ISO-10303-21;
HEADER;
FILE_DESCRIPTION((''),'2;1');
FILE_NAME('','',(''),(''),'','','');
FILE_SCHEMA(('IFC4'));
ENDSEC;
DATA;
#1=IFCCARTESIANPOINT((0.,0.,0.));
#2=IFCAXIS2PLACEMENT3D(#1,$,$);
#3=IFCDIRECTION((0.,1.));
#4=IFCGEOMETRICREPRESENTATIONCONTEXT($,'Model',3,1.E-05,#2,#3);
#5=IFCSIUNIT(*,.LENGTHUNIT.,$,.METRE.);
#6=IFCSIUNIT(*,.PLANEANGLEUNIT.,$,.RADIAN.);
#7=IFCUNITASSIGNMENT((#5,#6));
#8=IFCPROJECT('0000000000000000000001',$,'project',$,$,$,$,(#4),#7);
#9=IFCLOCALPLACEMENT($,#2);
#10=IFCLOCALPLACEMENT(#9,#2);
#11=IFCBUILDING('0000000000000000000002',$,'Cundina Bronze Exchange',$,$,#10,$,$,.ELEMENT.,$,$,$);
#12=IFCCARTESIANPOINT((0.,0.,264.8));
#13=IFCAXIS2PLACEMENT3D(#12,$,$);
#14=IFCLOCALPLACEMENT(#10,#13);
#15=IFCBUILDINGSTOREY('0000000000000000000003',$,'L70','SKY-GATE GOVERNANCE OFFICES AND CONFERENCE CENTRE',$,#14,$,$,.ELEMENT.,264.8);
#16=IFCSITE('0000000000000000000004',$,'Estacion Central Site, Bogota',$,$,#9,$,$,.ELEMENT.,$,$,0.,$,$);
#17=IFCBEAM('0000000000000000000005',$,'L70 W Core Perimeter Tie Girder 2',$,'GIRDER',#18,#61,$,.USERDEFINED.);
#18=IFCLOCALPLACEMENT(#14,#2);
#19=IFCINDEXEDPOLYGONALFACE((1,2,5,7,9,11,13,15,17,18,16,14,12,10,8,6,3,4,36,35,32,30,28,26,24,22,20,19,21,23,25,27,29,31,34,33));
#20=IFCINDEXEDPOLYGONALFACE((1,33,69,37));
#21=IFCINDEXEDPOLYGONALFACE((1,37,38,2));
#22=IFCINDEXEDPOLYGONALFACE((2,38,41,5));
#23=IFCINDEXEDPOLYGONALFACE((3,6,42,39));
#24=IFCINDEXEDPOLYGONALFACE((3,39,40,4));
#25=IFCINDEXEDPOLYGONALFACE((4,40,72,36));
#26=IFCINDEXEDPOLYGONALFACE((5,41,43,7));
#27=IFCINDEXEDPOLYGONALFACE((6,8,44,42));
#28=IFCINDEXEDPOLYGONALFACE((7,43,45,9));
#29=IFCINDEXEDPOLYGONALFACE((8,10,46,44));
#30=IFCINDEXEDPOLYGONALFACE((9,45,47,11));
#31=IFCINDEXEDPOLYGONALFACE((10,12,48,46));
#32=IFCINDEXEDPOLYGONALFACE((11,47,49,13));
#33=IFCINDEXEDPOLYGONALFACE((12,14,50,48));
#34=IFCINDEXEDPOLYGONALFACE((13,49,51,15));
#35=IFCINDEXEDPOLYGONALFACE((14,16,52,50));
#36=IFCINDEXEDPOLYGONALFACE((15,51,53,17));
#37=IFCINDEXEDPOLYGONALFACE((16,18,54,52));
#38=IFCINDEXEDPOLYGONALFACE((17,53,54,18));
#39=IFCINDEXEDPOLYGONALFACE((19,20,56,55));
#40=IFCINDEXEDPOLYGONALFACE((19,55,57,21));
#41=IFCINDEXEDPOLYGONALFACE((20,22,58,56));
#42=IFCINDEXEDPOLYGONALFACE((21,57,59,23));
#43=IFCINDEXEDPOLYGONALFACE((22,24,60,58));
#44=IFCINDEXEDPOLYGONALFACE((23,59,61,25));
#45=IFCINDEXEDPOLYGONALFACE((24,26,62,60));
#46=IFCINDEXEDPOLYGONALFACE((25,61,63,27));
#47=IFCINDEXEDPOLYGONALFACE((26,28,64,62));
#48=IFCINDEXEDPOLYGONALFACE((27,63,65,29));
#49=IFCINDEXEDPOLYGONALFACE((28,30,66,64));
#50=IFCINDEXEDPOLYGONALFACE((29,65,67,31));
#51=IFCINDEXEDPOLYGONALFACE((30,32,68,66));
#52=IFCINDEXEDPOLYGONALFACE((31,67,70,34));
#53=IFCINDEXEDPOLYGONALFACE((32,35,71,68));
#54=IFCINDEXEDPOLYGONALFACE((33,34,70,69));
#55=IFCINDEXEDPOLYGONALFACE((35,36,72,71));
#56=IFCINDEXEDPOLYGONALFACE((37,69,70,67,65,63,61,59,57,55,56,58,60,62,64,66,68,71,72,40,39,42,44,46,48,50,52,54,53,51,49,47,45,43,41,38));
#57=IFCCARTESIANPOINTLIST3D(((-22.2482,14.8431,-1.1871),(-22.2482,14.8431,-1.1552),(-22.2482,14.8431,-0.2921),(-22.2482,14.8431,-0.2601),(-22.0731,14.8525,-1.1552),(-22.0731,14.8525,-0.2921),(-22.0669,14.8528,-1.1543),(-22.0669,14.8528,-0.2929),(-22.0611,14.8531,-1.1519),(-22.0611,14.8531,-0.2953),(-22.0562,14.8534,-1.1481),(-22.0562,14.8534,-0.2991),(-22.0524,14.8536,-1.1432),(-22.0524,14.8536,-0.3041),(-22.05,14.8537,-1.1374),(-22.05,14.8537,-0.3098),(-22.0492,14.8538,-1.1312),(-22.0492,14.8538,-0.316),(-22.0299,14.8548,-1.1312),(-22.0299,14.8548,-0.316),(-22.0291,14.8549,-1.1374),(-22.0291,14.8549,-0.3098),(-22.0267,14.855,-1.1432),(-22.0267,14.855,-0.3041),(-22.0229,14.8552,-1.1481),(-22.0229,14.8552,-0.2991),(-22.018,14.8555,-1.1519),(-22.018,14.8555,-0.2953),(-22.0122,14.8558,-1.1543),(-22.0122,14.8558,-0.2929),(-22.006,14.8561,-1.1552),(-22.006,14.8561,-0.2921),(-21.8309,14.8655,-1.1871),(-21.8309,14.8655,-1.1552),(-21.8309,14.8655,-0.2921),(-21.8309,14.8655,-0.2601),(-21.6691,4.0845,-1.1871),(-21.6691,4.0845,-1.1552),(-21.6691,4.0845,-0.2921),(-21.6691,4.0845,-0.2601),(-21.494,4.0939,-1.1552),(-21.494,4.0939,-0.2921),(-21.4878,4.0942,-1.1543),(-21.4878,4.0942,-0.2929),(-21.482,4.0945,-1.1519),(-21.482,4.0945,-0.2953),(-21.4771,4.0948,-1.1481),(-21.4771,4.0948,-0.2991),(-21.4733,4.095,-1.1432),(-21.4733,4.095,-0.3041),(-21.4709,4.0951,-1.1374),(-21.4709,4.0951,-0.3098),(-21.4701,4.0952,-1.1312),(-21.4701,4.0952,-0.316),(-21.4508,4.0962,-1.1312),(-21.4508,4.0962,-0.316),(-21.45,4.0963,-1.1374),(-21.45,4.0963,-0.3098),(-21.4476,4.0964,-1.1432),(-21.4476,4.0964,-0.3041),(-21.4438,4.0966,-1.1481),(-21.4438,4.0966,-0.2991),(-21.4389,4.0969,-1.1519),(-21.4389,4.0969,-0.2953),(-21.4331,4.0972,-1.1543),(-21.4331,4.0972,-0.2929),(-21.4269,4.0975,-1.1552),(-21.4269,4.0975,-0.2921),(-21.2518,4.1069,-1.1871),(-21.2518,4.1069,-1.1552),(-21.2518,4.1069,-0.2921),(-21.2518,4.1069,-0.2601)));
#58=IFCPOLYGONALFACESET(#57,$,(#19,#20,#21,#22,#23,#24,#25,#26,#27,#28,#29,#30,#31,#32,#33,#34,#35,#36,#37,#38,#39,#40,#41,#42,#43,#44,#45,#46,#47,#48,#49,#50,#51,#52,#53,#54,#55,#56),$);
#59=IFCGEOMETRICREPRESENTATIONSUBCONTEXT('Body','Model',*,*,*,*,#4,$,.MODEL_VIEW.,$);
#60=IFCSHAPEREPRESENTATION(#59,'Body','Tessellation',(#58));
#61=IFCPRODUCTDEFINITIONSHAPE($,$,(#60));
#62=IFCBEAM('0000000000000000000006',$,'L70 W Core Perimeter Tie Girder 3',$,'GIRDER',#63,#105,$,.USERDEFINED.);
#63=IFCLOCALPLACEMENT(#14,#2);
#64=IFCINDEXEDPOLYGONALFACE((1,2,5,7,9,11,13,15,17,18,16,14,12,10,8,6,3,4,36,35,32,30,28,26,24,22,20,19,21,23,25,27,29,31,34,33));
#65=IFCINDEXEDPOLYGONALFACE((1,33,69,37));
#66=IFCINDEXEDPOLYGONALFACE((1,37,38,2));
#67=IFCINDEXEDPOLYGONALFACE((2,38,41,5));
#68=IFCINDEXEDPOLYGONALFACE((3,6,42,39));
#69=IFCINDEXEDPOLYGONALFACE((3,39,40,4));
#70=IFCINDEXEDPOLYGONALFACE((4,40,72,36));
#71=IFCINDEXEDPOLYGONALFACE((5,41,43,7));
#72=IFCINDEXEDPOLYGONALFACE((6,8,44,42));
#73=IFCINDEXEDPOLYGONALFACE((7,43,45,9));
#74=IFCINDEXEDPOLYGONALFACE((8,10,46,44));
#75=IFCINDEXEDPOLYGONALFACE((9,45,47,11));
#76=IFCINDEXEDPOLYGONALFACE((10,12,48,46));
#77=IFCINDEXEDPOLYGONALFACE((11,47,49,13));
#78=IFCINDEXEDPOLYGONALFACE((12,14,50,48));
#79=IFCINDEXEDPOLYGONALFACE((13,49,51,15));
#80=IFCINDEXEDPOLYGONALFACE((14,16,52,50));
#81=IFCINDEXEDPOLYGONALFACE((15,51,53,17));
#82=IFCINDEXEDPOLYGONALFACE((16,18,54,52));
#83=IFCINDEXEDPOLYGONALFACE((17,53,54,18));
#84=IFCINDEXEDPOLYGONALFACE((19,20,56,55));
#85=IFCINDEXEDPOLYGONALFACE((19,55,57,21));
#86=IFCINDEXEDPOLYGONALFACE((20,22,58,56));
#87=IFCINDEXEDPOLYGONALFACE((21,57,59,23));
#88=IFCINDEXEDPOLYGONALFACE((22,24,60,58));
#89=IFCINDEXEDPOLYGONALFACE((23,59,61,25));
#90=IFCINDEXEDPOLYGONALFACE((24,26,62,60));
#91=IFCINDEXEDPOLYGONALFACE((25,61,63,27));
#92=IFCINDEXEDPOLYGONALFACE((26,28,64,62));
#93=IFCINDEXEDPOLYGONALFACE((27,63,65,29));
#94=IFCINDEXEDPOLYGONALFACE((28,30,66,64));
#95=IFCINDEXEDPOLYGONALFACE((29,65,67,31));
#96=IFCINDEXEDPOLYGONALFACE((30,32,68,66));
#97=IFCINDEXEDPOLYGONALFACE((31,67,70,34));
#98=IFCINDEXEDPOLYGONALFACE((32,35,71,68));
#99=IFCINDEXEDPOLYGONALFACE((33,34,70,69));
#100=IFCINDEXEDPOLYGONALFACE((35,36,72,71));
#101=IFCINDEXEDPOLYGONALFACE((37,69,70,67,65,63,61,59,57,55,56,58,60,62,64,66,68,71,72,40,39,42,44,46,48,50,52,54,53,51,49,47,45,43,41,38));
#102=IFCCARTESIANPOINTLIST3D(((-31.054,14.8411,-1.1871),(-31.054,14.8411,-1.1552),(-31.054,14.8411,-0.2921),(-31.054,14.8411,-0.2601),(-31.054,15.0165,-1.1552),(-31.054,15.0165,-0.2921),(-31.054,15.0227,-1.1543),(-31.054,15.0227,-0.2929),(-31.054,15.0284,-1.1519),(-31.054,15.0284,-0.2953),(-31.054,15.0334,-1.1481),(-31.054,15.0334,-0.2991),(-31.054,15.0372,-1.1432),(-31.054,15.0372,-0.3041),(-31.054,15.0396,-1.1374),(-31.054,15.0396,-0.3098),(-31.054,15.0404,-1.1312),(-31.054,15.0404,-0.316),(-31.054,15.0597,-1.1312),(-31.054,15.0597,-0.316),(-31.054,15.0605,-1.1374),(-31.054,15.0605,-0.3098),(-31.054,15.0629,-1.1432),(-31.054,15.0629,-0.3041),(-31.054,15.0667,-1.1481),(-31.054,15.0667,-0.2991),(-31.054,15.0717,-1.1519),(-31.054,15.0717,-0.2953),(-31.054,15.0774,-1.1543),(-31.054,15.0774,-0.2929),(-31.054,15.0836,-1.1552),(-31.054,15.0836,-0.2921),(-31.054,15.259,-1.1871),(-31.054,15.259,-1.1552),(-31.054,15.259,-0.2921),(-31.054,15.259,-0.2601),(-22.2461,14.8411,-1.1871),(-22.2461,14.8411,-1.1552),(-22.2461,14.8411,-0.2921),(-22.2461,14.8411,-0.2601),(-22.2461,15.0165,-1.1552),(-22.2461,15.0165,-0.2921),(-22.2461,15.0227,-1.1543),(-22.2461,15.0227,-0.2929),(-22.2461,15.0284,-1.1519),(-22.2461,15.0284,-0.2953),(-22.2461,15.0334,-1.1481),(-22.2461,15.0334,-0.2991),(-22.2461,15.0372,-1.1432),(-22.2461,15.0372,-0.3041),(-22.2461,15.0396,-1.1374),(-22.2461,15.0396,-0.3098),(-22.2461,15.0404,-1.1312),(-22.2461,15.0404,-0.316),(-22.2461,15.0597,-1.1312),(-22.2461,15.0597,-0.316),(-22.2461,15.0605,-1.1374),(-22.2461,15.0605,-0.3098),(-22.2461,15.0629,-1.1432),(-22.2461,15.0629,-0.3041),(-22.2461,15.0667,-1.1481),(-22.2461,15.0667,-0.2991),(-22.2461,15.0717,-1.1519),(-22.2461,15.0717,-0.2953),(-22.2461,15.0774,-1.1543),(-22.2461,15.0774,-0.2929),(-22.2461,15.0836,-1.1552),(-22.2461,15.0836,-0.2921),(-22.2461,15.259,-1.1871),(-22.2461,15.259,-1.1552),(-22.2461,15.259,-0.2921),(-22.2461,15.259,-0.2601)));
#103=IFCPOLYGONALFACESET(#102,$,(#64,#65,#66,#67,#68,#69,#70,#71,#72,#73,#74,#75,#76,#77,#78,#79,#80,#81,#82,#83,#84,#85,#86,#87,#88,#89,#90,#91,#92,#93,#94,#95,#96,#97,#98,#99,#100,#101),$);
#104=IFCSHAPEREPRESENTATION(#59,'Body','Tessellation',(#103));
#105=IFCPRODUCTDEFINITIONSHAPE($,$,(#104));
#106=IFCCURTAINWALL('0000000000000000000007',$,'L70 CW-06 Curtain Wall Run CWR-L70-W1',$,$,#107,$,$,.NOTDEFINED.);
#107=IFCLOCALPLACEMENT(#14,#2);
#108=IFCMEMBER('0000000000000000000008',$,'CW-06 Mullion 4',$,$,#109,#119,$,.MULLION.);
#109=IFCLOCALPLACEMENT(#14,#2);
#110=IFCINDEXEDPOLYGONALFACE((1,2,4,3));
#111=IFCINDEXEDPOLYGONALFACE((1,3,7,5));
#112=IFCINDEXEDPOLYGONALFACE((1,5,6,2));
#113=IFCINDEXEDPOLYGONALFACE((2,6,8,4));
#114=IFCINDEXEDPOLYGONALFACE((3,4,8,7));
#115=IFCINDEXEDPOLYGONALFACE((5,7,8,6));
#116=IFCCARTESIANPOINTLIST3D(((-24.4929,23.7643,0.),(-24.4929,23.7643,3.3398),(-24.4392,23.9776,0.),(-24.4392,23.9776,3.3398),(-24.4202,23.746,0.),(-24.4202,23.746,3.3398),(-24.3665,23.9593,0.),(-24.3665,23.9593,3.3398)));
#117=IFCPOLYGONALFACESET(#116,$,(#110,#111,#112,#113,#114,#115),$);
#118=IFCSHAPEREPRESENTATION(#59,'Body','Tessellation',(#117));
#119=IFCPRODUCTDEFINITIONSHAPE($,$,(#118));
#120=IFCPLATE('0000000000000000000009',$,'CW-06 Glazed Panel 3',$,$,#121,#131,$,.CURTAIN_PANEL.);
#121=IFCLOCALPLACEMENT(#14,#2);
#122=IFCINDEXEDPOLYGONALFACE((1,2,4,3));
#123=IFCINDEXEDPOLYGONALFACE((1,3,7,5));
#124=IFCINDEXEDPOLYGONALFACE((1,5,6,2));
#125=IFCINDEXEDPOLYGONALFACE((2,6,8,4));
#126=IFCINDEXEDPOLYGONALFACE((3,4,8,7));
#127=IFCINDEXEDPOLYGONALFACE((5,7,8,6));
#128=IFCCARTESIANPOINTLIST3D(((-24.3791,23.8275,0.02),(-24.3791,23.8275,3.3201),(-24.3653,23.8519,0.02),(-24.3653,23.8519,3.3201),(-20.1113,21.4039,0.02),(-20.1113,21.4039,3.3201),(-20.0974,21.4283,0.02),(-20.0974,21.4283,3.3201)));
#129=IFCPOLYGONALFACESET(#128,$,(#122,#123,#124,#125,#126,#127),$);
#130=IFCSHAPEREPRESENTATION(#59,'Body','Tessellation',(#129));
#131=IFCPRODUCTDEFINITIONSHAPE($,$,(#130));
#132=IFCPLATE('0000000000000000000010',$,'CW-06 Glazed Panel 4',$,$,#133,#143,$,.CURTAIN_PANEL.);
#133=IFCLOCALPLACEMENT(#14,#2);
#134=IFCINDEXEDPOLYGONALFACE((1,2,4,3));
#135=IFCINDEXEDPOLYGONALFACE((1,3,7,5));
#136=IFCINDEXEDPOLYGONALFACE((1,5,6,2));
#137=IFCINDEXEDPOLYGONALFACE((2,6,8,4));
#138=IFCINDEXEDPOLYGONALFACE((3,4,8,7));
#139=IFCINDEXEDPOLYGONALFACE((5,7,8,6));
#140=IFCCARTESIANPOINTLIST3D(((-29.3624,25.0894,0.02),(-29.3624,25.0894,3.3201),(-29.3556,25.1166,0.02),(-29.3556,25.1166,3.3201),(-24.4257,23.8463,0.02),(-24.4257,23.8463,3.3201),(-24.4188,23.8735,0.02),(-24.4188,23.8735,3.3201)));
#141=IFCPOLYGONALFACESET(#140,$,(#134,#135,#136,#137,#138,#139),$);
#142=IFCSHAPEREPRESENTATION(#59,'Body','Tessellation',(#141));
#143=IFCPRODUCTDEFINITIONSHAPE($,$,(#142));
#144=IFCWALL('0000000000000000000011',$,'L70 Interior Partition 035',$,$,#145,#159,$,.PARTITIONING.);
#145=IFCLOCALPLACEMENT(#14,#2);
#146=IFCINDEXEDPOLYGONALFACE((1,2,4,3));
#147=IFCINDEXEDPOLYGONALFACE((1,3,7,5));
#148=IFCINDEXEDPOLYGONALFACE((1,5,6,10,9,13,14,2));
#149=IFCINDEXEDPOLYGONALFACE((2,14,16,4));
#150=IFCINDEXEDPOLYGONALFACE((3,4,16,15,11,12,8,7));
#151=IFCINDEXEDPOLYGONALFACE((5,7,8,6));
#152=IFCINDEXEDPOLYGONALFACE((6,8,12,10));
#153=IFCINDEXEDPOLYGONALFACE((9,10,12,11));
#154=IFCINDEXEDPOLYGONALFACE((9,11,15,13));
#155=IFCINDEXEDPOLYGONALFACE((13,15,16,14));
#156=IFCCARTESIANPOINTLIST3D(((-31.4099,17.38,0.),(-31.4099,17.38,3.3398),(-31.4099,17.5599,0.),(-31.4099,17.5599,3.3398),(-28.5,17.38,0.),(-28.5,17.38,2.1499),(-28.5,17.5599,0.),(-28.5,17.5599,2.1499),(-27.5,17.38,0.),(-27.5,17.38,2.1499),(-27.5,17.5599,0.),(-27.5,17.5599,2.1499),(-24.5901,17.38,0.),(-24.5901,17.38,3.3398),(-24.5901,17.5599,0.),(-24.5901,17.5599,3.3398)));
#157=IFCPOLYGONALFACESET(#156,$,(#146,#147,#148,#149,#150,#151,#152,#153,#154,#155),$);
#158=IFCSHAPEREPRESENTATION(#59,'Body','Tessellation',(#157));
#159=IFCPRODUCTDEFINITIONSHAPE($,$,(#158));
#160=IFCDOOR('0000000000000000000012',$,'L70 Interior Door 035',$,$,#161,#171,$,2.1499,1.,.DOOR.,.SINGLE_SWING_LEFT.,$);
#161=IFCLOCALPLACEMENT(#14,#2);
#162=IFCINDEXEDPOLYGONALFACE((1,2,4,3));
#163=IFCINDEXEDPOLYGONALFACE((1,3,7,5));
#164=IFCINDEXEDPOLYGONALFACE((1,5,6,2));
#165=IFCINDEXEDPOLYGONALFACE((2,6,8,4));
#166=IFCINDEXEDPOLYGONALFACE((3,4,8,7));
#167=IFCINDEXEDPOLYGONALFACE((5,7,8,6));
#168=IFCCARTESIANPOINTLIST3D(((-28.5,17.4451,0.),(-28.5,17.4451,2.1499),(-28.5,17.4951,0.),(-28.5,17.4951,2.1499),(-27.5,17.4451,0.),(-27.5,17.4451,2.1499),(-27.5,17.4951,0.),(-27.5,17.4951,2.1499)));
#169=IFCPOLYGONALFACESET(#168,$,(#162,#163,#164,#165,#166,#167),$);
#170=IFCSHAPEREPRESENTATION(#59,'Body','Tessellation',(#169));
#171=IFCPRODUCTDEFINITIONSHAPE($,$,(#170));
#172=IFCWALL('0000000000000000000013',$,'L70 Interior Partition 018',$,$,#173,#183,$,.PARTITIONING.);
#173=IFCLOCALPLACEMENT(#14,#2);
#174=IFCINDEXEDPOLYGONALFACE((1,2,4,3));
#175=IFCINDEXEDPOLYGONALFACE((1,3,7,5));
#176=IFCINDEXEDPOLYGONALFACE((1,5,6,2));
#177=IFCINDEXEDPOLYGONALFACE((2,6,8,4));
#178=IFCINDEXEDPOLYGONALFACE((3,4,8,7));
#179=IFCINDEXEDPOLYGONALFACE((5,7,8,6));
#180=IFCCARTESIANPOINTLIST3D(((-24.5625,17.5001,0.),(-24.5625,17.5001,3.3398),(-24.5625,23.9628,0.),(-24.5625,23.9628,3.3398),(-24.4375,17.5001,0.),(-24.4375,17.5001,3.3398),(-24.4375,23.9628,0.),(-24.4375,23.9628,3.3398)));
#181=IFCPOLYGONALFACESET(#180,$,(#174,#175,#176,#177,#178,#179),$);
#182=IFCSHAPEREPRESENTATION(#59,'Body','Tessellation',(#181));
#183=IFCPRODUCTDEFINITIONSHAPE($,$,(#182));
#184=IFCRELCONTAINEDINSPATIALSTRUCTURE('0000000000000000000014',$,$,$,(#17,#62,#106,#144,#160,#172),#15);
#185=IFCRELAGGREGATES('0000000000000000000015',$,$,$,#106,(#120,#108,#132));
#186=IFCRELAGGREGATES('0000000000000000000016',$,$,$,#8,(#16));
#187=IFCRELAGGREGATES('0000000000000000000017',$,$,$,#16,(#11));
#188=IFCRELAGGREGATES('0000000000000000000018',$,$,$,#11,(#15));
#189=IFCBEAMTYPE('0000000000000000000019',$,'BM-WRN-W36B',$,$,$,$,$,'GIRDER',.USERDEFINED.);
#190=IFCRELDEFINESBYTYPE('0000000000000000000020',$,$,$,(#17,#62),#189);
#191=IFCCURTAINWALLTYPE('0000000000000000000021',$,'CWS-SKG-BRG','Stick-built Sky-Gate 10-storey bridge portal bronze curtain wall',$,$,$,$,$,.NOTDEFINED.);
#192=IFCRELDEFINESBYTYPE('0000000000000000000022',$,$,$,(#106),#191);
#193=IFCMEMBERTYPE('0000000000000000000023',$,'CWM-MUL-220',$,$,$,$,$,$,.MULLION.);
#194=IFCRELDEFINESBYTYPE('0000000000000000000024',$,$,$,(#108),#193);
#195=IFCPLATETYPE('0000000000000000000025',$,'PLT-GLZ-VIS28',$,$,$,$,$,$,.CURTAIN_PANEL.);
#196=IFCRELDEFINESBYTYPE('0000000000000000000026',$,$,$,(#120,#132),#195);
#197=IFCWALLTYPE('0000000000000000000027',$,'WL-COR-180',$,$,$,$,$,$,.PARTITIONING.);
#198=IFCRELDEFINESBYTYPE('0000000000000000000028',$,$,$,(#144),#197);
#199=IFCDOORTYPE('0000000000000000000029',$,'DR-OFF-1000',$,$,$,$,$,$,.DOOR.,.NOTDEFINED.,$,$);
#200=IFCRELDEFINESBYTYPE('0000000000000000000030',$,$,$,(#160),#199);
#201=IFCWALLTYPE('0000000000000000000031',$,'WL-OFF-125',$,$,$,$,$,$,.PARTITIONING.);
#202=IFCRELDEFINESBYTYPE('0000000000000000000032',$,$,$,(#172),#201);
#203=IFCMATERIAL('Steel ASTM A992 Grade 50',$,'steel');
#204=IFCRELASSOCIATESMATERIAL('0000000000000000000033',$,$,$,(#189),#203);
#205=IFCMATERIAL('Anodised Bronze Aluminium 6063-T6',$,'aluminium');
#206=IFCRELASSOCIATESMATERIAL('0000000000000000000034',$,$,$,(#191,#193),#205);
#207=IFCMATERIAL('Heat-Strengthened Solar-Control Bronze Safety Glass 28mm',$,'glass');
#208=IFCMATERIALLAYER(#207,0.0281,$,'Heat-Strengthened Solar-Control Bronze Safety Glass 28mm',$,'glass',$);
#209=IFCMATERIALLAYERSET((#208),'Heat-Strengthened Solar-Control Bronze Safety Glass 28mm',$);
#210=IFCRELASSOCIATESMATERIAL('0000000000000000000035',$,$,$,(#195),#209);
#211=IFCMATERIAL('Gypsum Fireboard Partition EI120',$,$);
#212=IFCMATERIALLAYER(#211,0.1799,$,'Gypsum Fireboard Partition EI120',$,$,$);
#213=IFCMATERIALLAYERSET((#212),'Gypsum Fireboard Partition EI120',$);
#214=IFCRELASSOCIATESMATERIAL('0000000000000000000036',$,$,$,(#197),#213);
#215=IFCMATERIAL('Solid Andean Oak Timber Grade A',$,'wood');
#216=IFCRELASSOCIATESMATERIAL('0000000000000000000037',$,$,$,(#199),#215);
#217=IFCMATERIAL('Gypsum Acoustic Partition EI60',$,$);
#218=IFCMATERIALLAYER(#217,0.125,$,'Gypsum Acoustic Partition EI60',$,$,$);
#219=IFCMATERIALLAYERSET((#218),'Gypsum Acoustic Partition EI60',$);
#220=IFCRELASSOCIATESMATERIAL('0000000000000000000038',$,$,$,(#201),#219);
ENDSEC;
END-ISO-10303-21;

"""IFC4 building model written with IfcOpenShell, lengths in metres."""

from ifc_helpers import new_model, si_unit, direction, frame, frame_2d, origin, origin_2d, place, context, subcontext, project, spatial, rectangle, i_section, extrude, material, layer, layer_set, material_profile, profile_set, type_object, element, fill, aggregate, save


model = new_model("IFC4")

# Units and contexts
model_context = context("Model", 3, precision=1e-05, world=origin(), true_north=direction((0.0, 1.0)))
body_context = subcontext(model_context, "Body", "Model", "MODEL_VIEW")
ifc_project = project(units=[si_unit("LENGTHUNIT", "METRE"), si_unit("PLANEANGLEUNIT", "RADIAN")], contexts=[model_context])

# Site, building, storey
site_placement = place(None, origin())
site = spatial("IfcSite", under=ifc_project, at=site_placement, Name="Estacion Central Site, Bogota", CompositionType="ELEMENT", RefElevation=0.0)
building_placement = place(site_placement, origin())
building = spatial("IfcBuilding", under=site, at=building_placement, Name="Cundina Bronze Exchange", CompositionType="ELEMENT")
storey_placement = place(building_placement, frame((0.0, 0.0, 264.8)))
storey = spatial("IfcBuildingStorey", under=building, at=storey_placement, Name="L70", Description="SKY-GATE GOVERNANCE OFFICES AND CONFERENCE CENTRE", CompositionType="ELEMENT", Elevation=264.8)

# Shared definitions
ifc_material_1 = material(Name="Steel ASTM A992 Grade 50", Category="steel")

# Beams
ifc_material_profile_1 = material_profile(ifc_material_1, i_section(OverallWidth=0.418, OverallDepth=0.927, WebThickness=0.0193, FlangeThickness=0.032, FilletRadius=0.0239, at=origin_2d()), Name="W36X231", Category="steel")
ifc_profile_set_1 = profile_set([ifc_material_profile_1], Name="Steel ASTM A992 Grade 50")
beam_type_1 = type_object("IfcBeamType", Name="BM-WRN-W36B", ElementType="GIRDER", PredefinedType="USERDEFINED", material=ifc_profile_set_1)
beam_1_placement = place(storey_placement, frame((-21.4604, 4.0957, -0.7236), z_axis=(-0.053749, 0.998554, 0.0), x_axis=(-0.998554, -0.053749, 0.0)))
element("IfcBeam", 1, at=beam_1_placement, inside=storey, type_object=beam_type_1, Name="L70 W Core Perimeter Tie Girder 2", ObjectType="GIRDER", PredefinedType="USERDEFINED", context=body_context, shape_type="SweptSolid", body=[
    extrude(i_section(OverallWidth=0.418, OverallDepth=0.927, WebThickness=0.0193, FlangeThickness=0.032, FilletRadius=0.0239, at=origin_2d()), origin(), (0.0, 0.0, 1.0), 10.7742),
])
beam_2_placement = place(storey_placement, frame((-22.2461, 15.05, -0.7236), z_axis=(-1.0, 0.0, 0.0), x_axis=(0.0, -1.0, 0.0)))
element("IfcBeam", 2, at=beam_2_placement, inside=storey, type_object=beam_type_1, Name="L70 W Core Perimeter Tie Girder 3", ObjectType="GIRDER", PredefinedType="USERDEFINED", context=body_context, shape_type="SweptSolid", body=[
    extrude(i_section(OverallWidth=0.418, OverallDepth=0.927, WebThickness=0.0193, FlangeThickness=0.032, FilletRadius=0.0239, at=origin_2d()), origin(), (0.0, 0.0, 1.0), 8.8079),
])

# Curtain wall, member, plates
ifc_material_2 = material(Name="Anodised Bronze Aluminium 6063-T6", Category="aluminium")
curtain_wall_type = type_object("IfcCurtainWallType", Name="CWS-SKG-BRG", Description="Stick-built Sky-Gate 10-storey bridge portal bronze curtain wall", PredefinedType="NOTDEFINED", material=ifc_material_2)
curtain_wall_placement = place(storey_placement, origin())
curtain_wall = element("IfcCurtainWall", 3, at=curtain_wall_placement, inside=storey, type_object=curtain_wall_type, Name="L70 CW-06 Curtain Wall Run CWR-L70-W1", PredefinedType="NOTDEFINED")
ifc_material_profile_2 = material_profile(ifc_material_2, rectangle(XDim=0.075, YDim=0.22, at=origin_2d()), Name="AL75X220", Category="aluminium")
ifc_profile_set_2 = profile_set([ifc_material_profile_2], Name="Anodised Bronze Aluminium 6063-T6")
member_type = type_object("IfcMemberType", Name="CWM-MUL-220", PredefinedType="MULLION", material=ifc_profile_set_2)
member_placement = place(storey_placement, frame((-24.4297, 23.8618, 0.0), z_axis=(0.0, 0.0, 1.0), x_axis=(-0.969744, 0.244123, 0.0)))
member = element("IfcMember", 4, at=member_placement, type_object=member_type, Name="CW-06 Mullion 4", PredefinedType="MULLION", context=body_context, shape_type="SweptSolid", body=[
    extrude(rectangle(XDim=0.075, YDim=0.22, at=origin_2d()), origin(), (0.0, 0.0, 1.0), 3.3398),
])
ifc_material_3 = material(Name="Heat-Strengthened Solar-Control Bronze Safety Glass 28mm", Category="glass")
ifc_layer_1 = layer(ifc_material_3, 0.0281, Name="Heat-Strengthened Solar-Control Bronze Safety Glass 28mm", Category="glass")
ifc_layer_set_1 = layer_set([ifc_layer_1], Name="Heat-Strengthened Solar-Control Bronze Safety Glass 28mm")
plate_type = type_object("IfcPlateType", Name="PLT-GLZ-VIS28", PredefinedType="CURTAIN_PANEL", material=ifc_layer_set_1)
plate_1_placement = place(storey_placement, frame((-22.2383, 22.6279, 0.02), z_axis=(0.0, 0.0, 1.0), x_axis=(-0.869573, 0.493805, 0.0)))
plate_1 = element("IfcPlate", 5, at=plate_1_placement, type_object=plate_type, Name="CW-06 Glazed Panel 3", PredefinedType="CURTAIN_PANEL", context=body_context, shape_type="SweptSolid", body=[
    extrude(rectangle(XDim=4.908, YDim=0.0281, at=origin_2d()), origin(), (0.0, 0.0, 1.0), 3.3),
])
plate_2_placement = place(storey_placement, frame((-26.8906, 24.4814, 0.02), z_axis=(0.0, 0.0, 1.0), x_axis=(-0.969732, 0.244174, 0.0)))
plate_2 = element("IfcPlate", 6, at=plate_2_placement, type_object=plate_type, Name="CW-06 Glazed Panel 4", PredefinedType="CURTAIN_PANEL", context=body_context, shape_type="SweptSolid", body=[
    extrude(rectangle(XDim=5.0908, YDim=0.0281, at=origin_2d()), origin(), (0.0, 0.0, 1.0), 3.3),
])
aggregate(curtain_wall, [plate_1, member, plate_2])

# Wall, opening, door
ifc_material_4 = material(Name="Gypsum Fireboard Partition EI120")
ifc_layer_2 = layer(ifc_material_4, 0.1799, Name="Gypsum Fireboard Partition EI120")
ifc_layer_set_2 = layer_set([ifc_layer_2], Name="Gypsum Fireboard Partition EI120")
wall_type_1 = type_object("IfcWallType", Name="WL-COR-180", PredefinedType="PARTITIONING", material=ifc_layer_set_2)
wall_1_placement = place(storey_placement, frame((-24.5901, 17.47, 0.0), z_axis=(0.0, 0.0, 1.0), x_axis=(-1.0, 0.0, 0.0)))
wall_1 = element("IfcWall", 7, at=wall_1_placement, inside=storey, type_object=wall_type_1, Name="L70 Interior Partition 035", PredefinedType="PARTITIONING", context=body_context, shape_type="SweptSolid", body=[
    extrude(rectangle(XDim=6.8198, YDim=0.1799, at=frame_2d((3.4099, 0.0))), origin(), (0.0, 0.0, 1.0), 3.3398),
])
opening_1_placement = place(wall_1_placement, frame((2.9099, 0.0, 0.0)))
opening_1 = element("IfcOpeningElement", 8, at=opening_1_placement, cuts=wall_1, PredefinedType="OPENING", context=body_context, shape_type="SweptSolid", body=[
    extrude(rectangle(XDim=1.0, YDim=2.1499, at=frame_2d((0.5, 1.075))), frame((0.0, 0.0999, 0.0), z_axis=(0.0, -1.0, 0.0), x_axis=(1.0, 0.0, 0.0)), (0.0, 0.0, 1.0), 0.2),
])
ifc_material_5 = material(Name="Solid Andean Oak Timber Grade A", Category="wood")
door_type_1 = type_object("IfcDoorType", Name="DR-OFF-1000", OperationType="NOTDEFINED", PredefinedType="DOOR", material=ifc_material_5)
door_1_placement = place(opening_1_placement, origin())
door_1 = element("IfcDoor", 9, at=door_1_placement, inside=storey, type_object=door_type_1, Name="L70 Interior Door 035", OperationType="SINGLE_SWING_LEFT", OverallHeight=2.1499, OverallWidth=1.0, PredefinedType="DOOR", context=body_context, shape_type="SweptSolid", body=[
    extrude(rectangle(XDim=1.0, YDim=2.1499, at=frame_2d((0.5, 1.075))), frame((0.0, 0.0249, 0.0), z_axis=(0.0, -1.0, 0.0), x_axis=(1.0, 0.0, 0.0)), (0.0, 0.0, 1.0), 0.05),
])
fill(opening_1, door_1)

# Wall
ifc_material_6 = material(Name="Gypsum Acoustic Partition EI60")
ifc_layer_3 = layer(ifc_material_6, 0.125, Name="Gypsum Acoustic Partition EI60")
ifc_layer_set_3 = layer_set([ifc_layer_3], Name="Gypsum Acoustic Partition EI60")
wall_type_2 = type_object("IfcWallType", Name="WL-OFF-125", PredefinedType="PARTITIONING", material=ifc_layer_set_3)
wall_2_placement = place(storey_placement, frame((-24.5, 17.5, 0.0), z_axis=(0.0, 0.0, 1.0), x_axis=(0.0, 1.0, 0.0)))
element("IfcWall", 10, at=wall_2_placement, inside=storey, type_object=wall_type_2, Name="L70 Interior Partition 018", PredefinedType="PARTITIONING", context=body_context, shape_type="SweptSolid", body=[
    extrude(rectangle(XDim=6.4626, YDim=0.125, at=frame_2d((3.2314, 0.0))), origin(), (0.0, 0.0, 1.0), 3.3398),
])

save(model, "model.ifc")
